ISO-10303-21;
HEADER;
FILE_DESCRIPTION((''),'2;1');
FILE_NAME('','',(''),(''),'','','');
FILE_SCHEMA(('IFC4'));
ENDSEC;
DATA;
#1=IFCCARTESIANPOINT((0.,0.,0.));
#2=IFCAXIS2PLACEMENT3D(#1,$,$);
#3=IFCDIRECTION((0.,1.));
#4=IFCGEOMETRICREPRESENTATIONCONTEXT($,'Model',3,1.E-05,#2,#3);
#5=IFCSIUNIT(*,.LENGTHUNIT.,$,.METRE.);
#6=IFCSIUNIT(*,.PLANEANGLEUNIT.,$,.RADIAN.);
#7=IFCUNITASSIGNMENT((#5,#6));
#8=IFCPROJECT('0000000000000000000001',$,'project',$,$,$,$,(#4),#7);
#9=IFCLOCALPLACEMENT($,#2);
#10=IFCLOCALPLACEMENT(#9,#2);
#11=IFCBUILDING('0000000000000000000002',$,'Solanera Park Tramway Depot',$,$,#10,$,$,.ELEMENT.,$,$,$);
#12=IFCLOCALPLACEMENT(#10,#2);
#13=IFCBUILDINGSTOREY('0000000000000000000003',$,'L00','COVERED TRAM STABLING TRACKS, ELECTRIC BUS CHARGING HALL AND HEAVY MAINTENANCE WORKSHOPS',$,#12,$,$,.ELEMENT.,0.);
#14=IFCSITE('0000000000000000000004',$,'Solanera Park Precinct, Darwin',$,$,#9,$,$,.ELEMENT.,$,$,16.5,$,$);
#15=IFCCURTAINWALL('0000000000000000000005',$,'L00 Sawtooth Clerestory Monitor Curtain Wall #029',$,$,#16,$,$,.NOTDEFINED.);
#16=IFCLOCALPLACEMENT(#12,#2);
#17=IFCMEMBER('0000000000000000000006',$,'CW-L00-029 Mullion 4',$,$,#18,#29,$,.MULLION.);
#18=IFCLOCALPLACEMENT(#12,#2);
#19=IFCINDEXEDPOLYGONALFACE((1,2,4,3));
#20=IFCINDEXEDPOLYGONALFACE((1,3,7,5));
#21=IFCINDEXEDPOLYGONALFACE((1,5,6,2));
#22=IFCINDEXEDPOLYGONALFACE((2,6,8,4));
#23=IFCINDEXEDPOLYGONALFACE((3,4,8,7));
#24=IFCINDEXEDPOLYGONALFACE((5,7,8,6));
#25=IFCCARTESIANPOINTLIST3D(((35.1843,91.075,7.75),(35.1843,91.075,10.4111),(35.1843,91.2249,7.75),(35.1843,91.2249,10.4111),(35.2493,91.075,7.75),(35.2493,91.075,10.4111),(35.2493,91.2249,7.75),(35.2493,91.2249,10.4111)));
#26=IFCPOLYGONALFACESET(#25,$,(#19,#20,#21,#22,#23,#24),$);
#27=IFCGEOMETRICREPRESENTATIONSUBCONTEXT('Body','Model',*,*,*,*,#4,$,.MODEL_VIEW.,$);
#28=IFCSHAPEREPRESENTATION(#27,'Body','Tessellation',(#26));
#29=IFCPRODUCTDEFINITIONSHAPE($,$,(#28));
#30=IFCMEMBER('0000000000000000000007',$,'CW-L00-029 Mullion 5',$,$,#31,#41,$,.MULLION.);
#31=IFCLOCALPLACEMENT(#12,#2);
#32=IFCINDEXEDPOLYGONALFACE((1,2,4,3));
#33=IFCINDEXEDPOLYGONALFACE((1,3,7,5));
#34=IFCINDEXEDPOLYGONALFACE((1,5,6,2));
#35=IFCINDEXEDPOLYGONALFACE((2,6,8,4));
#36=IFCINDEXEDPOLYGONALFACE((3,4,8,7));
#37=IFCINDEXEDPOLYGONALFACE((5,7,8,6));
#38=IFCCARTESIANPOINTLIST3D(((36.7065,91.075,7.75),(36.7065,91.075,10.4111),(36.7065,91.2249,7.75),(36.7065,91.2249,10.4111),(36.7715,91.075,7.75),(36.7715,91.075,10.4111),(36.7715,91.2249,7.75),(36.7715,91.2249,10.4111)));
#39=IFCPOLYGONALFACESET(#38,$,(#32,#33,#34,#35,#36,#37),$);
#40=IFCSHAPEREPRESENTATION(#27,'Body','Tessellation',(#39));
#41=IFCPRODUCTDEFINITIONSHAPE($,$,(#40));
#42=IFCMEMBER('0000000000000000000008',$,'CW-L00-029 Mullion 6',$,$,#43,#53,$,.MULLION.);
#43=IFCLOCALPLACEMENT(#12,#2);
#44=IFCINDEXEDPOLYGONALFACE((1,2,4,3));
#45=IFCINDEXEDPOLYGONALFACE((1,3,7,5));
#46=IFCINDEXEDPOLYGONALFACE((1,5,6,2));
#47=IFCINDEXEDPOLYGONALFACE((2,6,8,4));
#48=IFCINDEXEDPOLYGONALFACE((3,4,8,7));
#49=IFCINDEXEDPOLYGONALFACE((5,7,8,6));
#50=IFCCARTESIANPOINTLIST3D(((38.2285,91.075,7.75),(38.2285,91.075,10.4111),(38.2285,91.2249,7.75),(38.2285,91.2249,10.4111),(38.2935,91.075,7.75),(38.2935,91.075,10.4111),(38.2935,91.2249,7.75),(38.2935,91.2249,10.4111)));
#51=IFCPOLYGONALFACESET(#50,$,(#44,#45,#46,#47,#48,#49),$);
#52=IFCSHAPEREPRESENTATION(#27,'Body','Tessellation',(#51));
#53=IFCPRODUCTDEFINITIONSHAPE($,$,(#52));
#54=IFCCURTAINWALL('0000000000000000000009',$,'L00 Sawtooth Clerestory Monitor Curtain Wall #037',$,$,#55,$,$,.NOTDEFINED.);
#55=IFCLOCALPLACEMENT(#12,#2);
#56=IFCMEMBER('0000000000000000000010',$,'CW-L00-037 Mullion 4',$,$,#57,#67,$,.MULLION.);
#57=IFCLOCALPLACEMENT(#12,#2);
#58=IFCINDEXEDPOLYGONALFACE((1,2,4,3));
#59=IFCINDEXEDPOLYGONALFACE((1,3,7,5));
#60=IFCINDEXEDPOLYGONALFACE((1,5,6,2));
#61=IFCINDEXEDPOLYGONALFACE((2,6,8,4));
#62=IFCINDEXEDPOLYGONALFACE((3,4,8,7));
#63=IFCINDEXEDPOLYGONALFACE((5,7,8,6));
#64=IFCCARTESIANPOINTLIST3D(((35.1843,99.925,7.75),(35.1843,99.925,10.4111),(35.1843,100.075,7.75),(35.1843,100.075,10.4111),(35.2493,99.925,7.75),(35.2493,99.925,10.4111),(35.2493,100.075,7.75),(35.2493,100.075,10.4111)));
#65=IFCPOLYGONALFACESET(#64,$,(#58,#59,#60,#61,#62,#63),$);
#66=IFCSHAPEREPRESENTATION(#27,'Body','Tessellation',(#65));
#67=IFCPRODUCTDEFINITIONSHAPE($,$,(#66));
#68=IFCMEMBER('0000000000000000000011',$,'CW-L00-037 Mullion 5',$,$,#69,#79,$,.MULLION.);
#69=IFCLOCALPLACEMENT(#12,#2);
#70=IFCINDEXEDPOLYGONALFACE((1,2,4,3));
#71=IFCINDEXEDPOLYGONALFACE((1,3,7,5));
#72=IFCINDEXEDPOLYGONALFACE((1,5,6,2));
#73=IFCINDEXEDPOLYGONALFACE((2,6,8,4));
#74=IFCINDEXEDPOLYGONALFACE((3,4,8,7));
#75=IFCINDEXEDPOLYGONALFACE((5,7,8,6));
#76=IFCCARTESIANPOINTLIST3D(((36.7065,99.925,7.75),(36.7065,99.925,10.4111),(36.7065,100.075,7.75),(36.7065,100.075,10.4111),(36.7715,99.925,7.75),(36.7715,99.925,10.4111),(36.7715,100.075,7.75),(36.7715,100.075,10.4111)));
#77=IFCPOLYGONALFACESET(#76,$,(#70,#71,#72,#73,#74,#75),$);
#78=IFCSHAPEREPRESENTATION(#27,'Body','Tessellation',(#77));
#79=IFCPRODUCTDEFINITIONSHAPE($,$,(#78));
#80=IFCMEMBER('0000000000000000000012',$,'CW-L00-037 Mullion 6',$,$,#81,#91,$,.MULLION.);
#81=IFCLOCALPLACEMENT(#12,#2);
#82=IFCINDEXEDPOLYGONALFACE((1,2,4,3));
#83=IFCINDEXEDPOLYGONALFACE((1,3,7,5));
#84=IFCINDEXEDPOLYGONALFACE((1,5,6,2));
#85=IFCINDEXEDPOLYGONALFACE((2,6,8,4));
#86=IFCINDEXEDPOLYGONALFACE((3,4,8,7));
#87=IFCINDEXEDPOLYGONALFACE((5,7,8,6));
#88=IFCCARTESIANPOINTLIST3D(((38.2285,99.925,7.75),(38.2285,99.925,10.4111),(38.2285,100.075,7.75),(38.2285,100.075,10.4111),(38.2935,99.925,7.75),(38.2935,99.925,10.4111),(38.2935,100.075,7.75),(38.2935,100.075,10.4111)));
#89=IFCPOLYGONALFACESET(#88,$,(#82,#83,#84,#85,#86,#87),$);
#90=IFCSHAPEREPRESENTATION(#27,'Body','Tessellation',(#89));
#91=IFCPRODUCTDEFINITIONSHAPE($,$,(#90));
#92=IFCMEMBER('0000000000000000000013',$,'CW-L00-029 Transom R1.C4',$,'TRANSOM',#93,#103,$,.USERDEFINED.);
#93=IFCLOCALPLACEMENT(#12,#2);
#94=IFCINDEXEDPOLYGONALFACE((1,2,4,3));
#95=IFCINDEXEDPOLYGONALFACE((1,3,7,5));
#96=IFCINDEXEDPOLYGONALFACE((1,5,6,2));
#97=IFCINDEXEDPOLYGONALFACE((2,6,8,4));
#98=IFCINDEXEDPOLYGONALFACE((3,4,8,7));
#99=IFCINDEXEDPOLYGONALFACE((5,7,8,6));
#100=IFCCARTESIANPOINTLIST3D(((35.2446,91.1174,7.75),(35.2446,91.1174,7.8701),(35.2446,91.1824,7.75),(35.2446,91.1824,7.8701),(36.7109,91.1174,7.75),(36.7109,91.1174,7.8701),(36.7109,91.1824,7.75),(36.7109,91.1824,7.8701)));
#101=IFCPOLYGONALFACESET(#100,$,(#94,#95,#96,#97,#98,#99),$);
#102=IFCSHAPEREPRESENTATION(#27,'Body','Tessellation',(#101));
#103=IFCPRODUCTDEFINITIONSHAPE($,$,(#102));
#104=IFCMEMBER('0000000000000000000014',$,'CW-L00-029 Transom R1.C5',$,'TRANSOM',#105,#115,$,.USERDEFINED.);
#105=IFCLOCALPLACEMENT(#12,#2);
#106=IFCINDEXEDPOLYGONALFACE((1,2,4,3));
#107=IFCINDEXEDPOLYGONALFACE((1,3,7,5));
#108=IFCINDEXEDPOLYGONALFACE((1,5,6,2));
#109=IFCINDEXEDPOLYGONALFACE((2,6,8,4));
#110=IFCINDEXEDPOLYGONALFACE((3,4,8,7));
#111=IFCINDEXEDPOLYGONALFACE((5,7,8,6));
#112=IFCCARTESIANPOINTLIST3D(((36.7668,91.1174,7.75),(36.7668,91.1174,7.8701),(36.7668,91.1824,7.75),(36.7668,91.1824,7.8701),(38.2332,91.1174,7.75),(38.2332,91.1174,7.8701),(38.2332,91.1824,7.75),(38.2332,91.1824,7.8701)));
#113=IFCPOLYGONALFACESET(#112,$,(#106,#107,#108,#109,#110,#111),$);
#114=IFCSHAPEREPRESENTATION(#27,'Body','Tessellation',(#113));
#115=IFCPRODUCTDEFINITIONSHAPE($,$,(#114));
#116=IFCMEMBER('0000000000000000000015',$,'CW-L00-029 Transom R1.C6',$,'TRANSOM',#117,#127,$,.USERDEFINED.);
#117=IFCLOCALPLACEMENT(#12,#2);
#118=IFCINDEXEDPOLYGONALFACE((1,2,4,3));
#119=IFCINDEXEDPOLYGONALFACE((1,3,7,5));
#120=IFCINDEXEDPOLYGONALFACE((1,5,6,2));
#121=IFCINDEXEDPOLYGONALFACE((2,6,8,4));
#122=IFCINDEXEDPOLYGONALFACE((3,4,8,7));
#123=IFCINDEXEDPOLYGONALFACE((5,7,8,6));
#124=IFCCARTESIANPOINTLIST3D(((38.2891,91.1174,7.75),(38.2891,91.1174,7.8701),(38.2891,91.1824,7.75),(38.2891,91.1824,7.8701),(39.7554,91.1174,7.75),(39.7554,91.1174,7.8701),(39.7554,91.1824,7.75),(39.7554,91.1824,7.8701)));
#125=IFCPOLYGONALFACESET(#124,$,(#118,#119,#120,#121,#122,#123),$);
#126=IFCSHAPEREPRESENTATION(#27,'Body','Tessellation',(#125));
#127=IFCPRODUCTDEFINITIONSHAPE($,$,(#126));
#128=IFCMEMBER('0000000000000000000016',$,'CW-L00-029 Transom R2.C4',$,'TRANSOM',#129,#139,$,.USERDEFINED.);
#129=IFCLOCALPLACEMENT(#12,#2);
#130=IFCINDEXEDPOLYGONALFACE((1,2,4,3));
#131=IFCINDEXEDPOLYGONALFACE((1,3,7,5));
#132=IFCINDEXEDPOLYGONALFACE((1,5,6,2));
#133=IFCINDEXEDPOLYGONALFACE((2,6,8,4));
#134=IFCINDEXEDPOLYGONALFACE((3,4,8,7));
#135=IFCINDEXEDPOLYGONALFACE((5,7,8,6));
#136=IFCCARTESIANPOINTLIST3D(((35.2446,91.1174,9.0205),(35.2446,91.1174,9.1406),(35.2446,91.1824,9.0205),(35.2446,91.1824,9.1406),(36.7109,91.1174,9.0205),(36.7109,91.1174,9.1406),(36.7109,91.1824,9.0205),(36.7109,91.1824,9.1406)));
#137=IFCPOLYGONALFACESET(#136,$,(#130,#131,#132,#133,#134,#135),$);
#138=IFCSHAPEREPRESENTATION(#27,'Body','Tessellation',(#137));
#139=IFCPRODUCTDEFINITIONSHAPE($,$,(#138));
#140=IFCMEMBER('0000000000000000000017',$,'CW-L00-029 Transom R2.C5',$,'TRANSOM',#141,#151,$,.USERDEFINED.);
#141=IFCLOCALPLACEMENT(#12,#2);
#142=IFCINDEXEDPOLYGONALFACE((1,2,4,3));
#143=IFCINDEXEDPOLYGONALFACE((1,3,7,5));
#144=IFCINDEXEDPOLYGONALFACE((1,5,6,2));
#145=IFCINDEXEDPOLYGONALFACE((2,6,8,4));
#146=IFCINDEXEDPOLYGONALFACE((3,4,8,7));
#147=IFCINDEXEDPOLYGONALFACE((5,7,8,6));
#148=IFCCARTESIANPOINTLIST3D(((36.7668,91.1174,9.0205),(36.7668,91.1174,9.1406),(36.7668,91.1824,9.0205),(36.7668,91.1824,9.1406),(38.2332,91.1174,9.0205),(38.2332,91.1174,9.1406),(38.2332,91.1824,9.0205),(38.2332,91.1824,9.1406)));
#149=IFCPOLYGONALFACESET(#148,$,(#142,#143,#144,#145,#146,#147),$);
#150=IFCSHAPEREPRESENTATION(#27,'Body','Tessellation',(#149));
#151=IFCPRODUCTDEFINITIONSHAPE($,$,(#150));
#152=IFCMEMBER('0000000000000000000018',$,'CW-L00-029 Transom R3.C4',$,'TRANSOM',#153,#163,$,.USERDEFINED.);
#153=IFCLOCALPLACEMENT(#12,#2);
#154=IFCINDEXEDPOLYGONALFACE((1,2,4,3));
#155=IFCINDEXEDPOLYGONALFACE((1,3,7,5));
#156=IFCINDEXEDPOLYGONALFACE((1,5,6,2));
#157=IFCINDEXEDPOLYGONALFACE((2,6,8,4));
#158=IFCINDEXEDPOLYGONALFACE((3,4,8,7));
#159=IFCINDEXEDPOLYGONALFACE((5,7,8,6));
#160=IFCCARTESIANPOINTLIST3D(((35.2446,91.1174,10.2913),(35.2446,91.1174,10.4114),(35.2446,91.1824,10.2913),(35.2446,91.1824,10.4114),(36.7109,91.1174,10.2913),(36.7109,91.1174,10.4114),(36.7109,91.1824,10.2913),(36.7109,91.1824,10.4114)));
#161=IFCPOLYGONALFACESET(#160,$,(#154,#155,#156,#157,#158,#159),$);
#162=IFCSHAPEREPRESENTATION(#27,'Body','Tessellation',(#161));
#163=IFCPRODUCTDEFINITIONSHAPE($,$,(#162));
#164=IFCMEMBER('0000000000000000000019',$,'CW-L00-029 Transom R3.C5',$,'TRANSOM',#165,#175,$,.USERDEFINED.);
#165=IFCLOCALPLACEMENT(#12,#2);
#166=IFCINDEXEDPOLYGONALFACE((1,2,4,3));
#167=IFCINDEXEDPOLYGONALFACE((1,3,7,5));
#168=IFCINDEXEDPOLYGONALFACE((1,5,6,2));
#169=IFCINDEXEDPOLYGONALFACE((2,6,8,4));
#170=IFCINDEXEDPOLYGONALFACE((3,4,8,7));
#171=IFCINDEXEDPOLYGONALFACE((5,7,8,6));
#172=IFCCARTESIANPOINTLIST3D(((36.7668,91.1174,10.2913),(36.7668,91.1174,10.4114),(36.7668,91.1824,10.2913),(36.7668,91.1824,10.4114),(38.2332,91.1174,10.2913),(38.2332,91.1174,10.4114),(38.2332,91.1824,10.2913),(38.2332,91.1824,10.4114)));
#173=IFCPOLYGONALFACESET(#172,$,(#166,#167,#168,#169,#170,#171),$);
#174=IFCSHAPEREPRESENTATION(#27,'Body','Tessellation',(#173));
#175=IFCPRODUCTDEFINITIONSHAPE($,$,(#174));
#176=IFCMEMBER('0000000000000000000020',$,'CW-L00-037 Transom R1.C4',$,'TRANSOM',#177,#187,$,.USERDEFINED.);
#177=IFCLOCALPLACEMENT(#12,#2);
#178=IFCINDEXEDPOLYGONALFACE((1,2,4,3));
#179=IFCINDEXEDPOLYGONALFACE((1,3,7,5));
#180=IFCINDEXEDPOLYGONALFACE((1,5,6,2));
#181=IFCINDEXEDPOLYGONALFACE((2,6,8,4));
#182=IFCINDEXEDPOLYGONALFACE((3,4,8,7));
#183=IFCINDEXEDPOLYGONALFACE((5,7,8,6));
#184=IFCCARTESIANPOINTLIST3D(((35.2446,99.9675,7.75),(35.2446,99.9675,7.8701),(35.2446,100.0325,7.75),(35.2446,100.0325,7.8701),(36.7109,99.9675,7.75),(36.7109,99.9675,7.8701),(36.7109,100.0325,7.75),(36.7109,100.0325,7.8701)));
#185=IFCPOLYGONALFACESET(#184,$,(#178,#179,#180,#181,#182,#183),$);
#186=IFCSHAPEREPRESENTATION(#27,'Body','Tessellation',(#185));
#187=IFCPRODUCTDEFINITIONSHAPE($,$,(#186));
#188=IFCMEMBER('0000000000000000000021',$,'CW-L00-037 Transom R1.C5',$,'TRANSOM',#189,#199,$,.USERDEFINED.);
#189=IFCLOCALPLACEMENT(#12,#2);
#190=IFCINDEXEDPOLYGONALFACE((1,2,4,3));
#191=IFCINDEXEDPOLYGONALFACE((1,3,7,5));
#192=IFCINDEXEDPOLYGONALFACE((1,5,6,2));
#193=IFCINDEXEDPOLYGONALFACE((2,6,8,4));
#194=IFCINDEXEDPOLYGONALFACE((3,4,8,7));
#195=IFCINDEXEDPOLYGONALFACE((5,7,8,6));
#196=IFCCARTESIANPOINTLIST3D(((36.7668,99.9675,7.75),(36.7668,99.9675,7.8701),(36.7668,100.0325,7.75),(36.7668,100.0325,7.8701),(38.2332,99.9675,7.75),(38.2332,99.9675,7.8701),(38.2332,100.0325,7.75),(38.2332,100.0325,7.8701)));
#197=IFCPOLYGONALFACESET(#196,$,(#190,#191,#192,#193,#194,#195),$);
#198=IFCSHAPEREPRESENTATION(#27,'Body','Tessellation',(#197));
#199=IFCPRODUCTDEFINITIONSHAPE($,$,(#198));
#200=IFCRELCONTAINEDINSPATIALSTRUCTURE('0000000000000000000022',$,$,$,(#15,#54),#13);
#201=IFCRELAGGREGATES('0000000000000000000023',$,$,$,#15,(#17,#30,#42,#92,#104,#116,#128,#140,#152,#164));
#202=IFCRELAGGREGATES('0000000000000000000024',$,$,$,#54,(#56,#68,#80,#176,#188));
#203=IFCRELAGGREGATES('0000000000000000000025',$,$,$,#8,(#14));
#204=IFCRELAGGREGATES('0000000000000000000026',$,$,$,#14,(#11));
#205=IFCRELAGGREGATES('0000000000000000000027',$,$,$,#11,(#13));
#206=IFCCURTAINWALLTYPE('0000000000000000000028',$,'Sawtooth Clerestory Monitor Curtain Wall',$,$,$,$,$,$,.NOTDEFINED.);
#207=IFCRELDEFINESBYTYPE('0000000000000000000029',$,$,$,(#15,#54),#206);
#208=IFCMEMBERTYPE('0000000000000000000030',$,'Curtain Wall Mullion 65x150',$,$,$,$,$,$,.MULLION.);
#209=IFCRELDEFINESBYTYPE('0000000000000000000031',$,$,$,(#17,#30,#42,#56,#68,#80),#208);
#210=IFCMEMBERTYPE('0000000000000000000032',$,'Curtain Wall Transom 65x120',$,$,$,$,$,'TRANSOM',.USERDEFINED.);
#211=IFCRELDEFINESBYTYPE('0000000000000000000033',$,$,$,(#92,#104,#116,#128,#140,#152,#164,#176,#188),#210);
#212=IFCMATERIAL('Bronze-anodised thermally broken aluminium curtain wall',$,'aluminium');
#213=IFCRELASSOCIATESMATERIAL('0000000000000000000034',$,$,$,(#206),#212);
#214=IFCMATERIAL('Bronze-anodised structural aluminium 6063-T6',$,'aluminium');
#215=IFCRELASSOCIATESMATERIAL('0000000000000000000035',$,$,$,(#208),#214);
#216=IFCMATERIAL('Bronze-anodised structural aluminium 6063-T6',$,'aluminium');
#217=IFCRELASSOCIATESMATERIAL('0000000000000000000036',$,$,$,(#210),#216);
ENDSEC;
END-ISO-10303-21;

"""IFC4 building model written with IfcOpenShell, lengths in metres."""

from ifc_helpers import new_model, si_unit, direction, frame, origin, origin_2d, place, context, subcontext, project, spatial, rectangle, extrude, material, material_profile, profile_set, type_object, element, aggregate, save


model = new_model("IFC4")

# Units and contexts
model_context = context("Model", 3, precision=1e-05, world=origin(), true_north=direction((0.0, 1.0)))
body_context = subcontext(model_context, "Body", "Model", "MODEL_VIEW")
ifc_project = project(units=[si_unit("LENGTHUNIT", "METRE"), si_unit("PLANEANGLEUNIT", "RADIAN")], contexts=[model_context])

# Site, building, storey
site_placement = place(None, origin())
site = spatial("IfcSite", under=ifc_project, at=site_placement, Name="Solanera Park Precinct, Darwin", CompositionType="ELEMENT", RefElevation=16.5)
building_placement = place(site_placement, origin())
building = spatial("IfcBuilding", under=site, at=building_placement, Name="Solanera Park Tramway Depot", CompositionType="ELEMENT")
storey_placement = place(building_placement, origin())
storey = spatial("IfcBuildingStorey", under=building, at=storey_placement, Name="L00", Description="COVERED TRAM STABLING TRACKS, ELECTRIC BUS CHARGING HALL AND HEAVY MAINTENANCE WORKSHOPS", CompositionType="ELEMENT", Elevation=0.0)

# Curtain walls, members
ifc_material_1 = material(Name="Bronze-anodised thermally broken aluminium curtain wall", Category="aluminium")
curtain_wall_type = type_object("IfcCurtainWallType", Name="Sawtooth Clerestory Monitor Curtain Wall", PredefinedType="NOTDEFINED", material=ifc_material_1)
curtain_wall_1_placement = place(storey_placement, origin())
curtain_wall_1 = element("IfcCurtainWall", 1, at=curtain_wall_1_placement, inside=storey, type_object=curtain_wall_type, Name="L00 Sawtooth Clerestory Monitor Curtain Wall #029", PredefinedType="NOTDEFINED")
ifc_material_2 = material(Name="Bronze-anodised structural aluminium 6063-T6", Category="aluminium")
ifc_material_profile_1 = material_profile(ifc_material_2, rectangle(XDim=0.0649, YDim=0.1499, at=origin_2d()), Name="Curtain Wall Mullion 65x150")
ifc_profile_set_1 = profile_set([ifc_material_profile_1], Name="Bronze-anodised structural aluminium 6063-T6")
member_type_1 = type_object("IfcMemberType", Name="Curtain Wall Mullion 65x150", PredefinedType="MULLION", material=ifc_profile_set_1)
member_1_placement = place(storey_placement, frame((35.2168, 91.1499, 7.75), z_axis=(0.0, 0.0, 1.0), x_axis=(1.0, 0.0, 0.0)))
member_1 = element("IfcMember", 2, at=member_1_placement, type_object=member_type_1, Name="CW-L00-029 Mullion 4", PredefinedType="MULLION", context=body_context, shape_type="SweptSolid", body=[
    extrude(rectangle(XDim=0.0649, YDim=0.1499, at=origin_2d()), origin(), (0.0, 0.0, 1.0), 2.6611),
])
member_2_placement = place(storey_placement, frame((36.739, 91.1499, 7.75), z_axis=(0.0, 0.0, 1.0), x_axis=(1.0, 0.0, 0.0)))
member_2 = element("IfcMember", 3, at=member_2_placement, type_object=member_type_1, Name="CW-L00-029 Mullion 5", PredefinedType="MULLION", context=body_context, shape_type="SweptSolid", body=[
    extrude(rectangle(XDim=0.0649, YDim=0.1499, at=origin_2d()), origin(), (0.0, 0.0, 1.0), 2.6611),
])
member_3_placement = place(storey_placement, frame((38.261, 91.1499, 7.75), z_axis=(0.0, 0.0, 1.0), x_axis=(1.0, 0.0, 0.0)))
member_3 = element("IfcMember", 4, at=member_3_placement, type_object=member_type_1, Name="CW-L00-029 Mullion 6", PredefinedType="MULLION", context=body_context, shape_type="SweptSolid", body=[
    extrude(rectangle(XDim=0.0649, YDim=0.1499, at=origin_2d()), origin(), (0.0, 0.0, 1.0), 2.6611),
])
curtain_wall_2_placement = place(storey_placement, origin())
curtain_wall_2 = element("IfcCurtainWall", 5, at=curtain_wall_2_placement, inside=storey, type_object=curtain_wall_type, Name="L00 Sawtooth Clerestory Monitor Curtain Wall #037", PredefinedType="NOTDEFINED")
member_4_placement = place(storey_placement, frame((35.2168, 100.0, 7.75), z_axis=(0.0, 0.0, 1.0), x_axis=(1.0, 0.0, 0.0)))
member_4 = element("IfcMember", 6, at=member_4_placement, type_object=member_type_1, Name="CW-L00-037 Mullion 4", PredefinedType="MULLION", context=body_context, shape_type="SweptSolid", body=[
    extrude(rectangle(XDim=0.0649, YDim=0.1499, at=origin_2d()), origin(), (0.0, 0.0, 1.0), 2.6611),
])
member_5_placement = place(storey_placement, frame((36.739, 100.0, 7.75), z_axis=(0.0, 0.0, 1.0), x_axis=(1.0, 0.0, 0.0)))
member_5 = element("IfcMember", 7, at=member_5_placement, type_object=member_type_1, Name="CW-L00-037 Mullion 5", PredefinedType="MULLION", context=body_context, shape_type="SweptSolid", body=[
    extrude(rectangle(XDim=0.0649, YDim=0.1499, at=origin_2d()), origin(), (0.0, 0.0, 1.0), 2.6611),
])
member_6_placement = place(storey_placement, frame((38.261, 100.0, 7.75), z_axis=(0.0, 0.0, 1.0), x_axis=(1.0, 0.0, 0.0)))
member_6 = element("IfcMember", 8, at=member_6_placement, type_object=member_type_1, Name="CW-L00-037 Mullion 6", PredefinedType="MULLION", context=body_context, shape_type="SweptSolid", body=[
    extrude(rectangle(XDim=0.0649, YDim=0.1499, at=origin_2d()), origin(), (0.0, 0.0, 1.0), 2.6611),
])

# Members
ifc_material_3 = material(Name="Bronze-anodised structural aluminium 6063-T6", Category="aluminium")
ifc_material_profile_2 = material_profile(ifc_material_3, rectangle(XDim=0.0649, YDim=0.1201, at=origin_2d()), Name="Curtain Wall Transom 65x120")
ifc_profile_set_2 = profile_set([ifc_material_profile_2], Name="Bronze-anodised structural aluminium 6063-T6")
member_type_2 = type_object("IfcMemberType", Name="Curtain Wall Transom 65x120", ElementType="TRANSOM", PredefinedType="USERDEFINED", material=ifc_profile_set_2)
member_7_placement = place(storey_placement, frame((35.2446, 91.1499, 7.8101), z_axis=(1.0, 0.0, 0.0), x_axis=(0.0, 1.0, 0.0)))
member_7 = element("IfcMember", 9, at=member_7_placement, type_object=member_type_2, Name="CW-L00-029 Transom R1.C4", ObjectType="TRANSOM", PredefinedType="USERDEFINED", context=body_context, shape_type="SweptSolid", body=[
    extrude(rectangle(XDim=0.0649, YDim=0.1201, at=origin_2d()), origin(), (0.0, 0.0, 1.0), 1.4663),
])
member_8_placement = place(storey_placement, frame((36.7668, 91.1499, 7.8101), z_axis=(1.0, 0.0, 0.0), x_axis=(0.0, 1.0, 0.0)))
member_8 = element("IfcMember", 10, at=member_8_placement, type_object=member_type_2, Name="CW-L00-029 Transom R1.C5", ObjectType="TRANSOM", PredefinedType="USERDEFINED", context=body_context, shape_type="SweptSolid", body=[
    extrude(rectangle(XDim=0.0649, YDim=0.1201, at=origin_2d()), origin(), (0.0, 0.0, 1.0), 1.4663),
])
member_9_placement = place(storey_placement, frame((38.2891, 91.1499, 7.8101), z_axis=(1.0, 0.0, 0.0), x_axis=(0.0, 1.0, 0.0)))
member_9 = element("IfcMember", 11, at=member_9_placement, type_object=member_type_2, Name="CW-L00-029 Transom R1.C6", ObjectType="TRANSOM", PredefinedType="USERDEFINED", context=body_context, shape_type="SweptSolid", body=[
    extrude(rectangle(XDim=0.0649, YDim=0.1201, at=origin_2d()), origin(), (0.0, 0.0, 1.0), 1.4663),
])
member_10_placement = place(storey_placement, frame((35.2446, 91.1499, 9.0806), z_axis=(1.0, 0.0, 0.0), x_axis=(0.0, 1.0, 0.0)))
member_10 = element("IfcMember", 12, at=member_10_placement, type_object=member_type_2, Name="CW-L00-029 Transom R2.C4", ObjectType="TRANSOM", PredefinedType="USERDEFINED", context=body_context, shape_type="SweptSolid", body=[
    extrude(rectangle(XDim=0.0649, YDim=0.1201, at=origin_2d()), origin(), (0.0, 0.0, 1.0), 1.4663),
])
member_11_placement = place(storey_placement, frame((36.7668, 91.1499, 9.0806), z_axis=(1.0, 0.0, 0.0), x_axis=(0.0, 1.0, 0.0)))
member_11 = element("IfcMember", 13, at=member_11_placement, type_object=member_type_2, Name="CW-L00-029 Transom R2.C5", ObjectType="TRANSOM", PredefinedType="USERDEFINED", context=body_context, shape_type="SweptSolid", body=[
    extrude(rectangle(XDim=0.0649, YDim=0.1201, at=origin_2d()), origin(), (0.0, 0.0, 1.0), 1.4663),
])
member_12_placement = place(storey_placement, frame((35.2446, 91.1499, 10.3513), z_axis=(1.0, 0.0, 0.0), x_axis=(0.0, 1.0, 0.0)))
member_12 = element("IfcMember", 14, at=member_12_placement, type_object=member_type_2, Name="CW-L00-029 Transom R3.C4", ObjectType="TRANSOM", PredefinedType="USERDEFINED", context=body_context, shape_type="SweptSolid", body=[
    extrude(rectangle(XDim=0.0649, YDim=0.1201, at=origin_2d()), origin(), (0.0, 0.0, 1.0), 1.4663),
])
member_13_placement = place(storey_placement, frame((36.7668, 91.1499, 10.3513), z_axis=(1.0, 0.0, 0.0), x_axis=(0.0, 1.0, 0.0)))
member_13 = element("IfcMember", 15, at=member_13_placement, type_object=member_type_2, Name="CW-L00-029 Transom R3.C5", ObjectType="TRANSOM", PredefinedType="USERDEFINED", context=body_context, shape_type="SweptSolid", body=[
    extrude(rectangle(XDim=0.0649, YDim=0.1201, at=origin_2d()), origin(), (0.0, 0.0, 1.0), 1.4663),
])
member_14_placement = place(storey_placement, frame((35.2446, 100.0, 7.8101), z_axis=(1.0, 0.0, 0.0), x_axis=(0.0, 1.0, 0.0)))
member_14 = element("IfcMember", 16, at=member_14_placement, type_object=member_type_2, Name="CW-L00-037 Transom R1.C4", ObjectType="TRANSOM", PredefinedType="USERDEFINED", context=body_context, shape_type="SweptSolid", body=[
    extrude(rectangle(XDim=0.0649, YDim=0.1201, at=origin_2d()), origin(), (0.0, 0.0, 1.0), 1.4663),
])
member_15_placement = place(storey_placement, frame((36.7668, 100.0, 7.8101), z_axis=(1.0, 0.0, 0.0), x_axis=(0.0, 1.0, 0.0)))
member_15 = element("IfcMember", 17, at=member_15_placement, type_object=member_type_2, Name="CW-L00-037 Transom R1.C5", ObjectType="TRANSOM", PredefinedType="USERDEFINED", context=body_context, shape_type="SweptSolid", body=[
    extrude(rectangle(XDim=0.0649, YDim=0.1201, at=origin_2d()), origin(), (0.0, 0.0, 1.0), 1.4663),
])

aggregate(curtain_wall_1, [member_1, member_2, member_3, member_7, member_8, member_9, member_10, member_11, member_12, member_13])
aggregate(curtain_wall_2, [member_4, member_5, member_6, member_14, member_15])

save(model, "model.ifc")
